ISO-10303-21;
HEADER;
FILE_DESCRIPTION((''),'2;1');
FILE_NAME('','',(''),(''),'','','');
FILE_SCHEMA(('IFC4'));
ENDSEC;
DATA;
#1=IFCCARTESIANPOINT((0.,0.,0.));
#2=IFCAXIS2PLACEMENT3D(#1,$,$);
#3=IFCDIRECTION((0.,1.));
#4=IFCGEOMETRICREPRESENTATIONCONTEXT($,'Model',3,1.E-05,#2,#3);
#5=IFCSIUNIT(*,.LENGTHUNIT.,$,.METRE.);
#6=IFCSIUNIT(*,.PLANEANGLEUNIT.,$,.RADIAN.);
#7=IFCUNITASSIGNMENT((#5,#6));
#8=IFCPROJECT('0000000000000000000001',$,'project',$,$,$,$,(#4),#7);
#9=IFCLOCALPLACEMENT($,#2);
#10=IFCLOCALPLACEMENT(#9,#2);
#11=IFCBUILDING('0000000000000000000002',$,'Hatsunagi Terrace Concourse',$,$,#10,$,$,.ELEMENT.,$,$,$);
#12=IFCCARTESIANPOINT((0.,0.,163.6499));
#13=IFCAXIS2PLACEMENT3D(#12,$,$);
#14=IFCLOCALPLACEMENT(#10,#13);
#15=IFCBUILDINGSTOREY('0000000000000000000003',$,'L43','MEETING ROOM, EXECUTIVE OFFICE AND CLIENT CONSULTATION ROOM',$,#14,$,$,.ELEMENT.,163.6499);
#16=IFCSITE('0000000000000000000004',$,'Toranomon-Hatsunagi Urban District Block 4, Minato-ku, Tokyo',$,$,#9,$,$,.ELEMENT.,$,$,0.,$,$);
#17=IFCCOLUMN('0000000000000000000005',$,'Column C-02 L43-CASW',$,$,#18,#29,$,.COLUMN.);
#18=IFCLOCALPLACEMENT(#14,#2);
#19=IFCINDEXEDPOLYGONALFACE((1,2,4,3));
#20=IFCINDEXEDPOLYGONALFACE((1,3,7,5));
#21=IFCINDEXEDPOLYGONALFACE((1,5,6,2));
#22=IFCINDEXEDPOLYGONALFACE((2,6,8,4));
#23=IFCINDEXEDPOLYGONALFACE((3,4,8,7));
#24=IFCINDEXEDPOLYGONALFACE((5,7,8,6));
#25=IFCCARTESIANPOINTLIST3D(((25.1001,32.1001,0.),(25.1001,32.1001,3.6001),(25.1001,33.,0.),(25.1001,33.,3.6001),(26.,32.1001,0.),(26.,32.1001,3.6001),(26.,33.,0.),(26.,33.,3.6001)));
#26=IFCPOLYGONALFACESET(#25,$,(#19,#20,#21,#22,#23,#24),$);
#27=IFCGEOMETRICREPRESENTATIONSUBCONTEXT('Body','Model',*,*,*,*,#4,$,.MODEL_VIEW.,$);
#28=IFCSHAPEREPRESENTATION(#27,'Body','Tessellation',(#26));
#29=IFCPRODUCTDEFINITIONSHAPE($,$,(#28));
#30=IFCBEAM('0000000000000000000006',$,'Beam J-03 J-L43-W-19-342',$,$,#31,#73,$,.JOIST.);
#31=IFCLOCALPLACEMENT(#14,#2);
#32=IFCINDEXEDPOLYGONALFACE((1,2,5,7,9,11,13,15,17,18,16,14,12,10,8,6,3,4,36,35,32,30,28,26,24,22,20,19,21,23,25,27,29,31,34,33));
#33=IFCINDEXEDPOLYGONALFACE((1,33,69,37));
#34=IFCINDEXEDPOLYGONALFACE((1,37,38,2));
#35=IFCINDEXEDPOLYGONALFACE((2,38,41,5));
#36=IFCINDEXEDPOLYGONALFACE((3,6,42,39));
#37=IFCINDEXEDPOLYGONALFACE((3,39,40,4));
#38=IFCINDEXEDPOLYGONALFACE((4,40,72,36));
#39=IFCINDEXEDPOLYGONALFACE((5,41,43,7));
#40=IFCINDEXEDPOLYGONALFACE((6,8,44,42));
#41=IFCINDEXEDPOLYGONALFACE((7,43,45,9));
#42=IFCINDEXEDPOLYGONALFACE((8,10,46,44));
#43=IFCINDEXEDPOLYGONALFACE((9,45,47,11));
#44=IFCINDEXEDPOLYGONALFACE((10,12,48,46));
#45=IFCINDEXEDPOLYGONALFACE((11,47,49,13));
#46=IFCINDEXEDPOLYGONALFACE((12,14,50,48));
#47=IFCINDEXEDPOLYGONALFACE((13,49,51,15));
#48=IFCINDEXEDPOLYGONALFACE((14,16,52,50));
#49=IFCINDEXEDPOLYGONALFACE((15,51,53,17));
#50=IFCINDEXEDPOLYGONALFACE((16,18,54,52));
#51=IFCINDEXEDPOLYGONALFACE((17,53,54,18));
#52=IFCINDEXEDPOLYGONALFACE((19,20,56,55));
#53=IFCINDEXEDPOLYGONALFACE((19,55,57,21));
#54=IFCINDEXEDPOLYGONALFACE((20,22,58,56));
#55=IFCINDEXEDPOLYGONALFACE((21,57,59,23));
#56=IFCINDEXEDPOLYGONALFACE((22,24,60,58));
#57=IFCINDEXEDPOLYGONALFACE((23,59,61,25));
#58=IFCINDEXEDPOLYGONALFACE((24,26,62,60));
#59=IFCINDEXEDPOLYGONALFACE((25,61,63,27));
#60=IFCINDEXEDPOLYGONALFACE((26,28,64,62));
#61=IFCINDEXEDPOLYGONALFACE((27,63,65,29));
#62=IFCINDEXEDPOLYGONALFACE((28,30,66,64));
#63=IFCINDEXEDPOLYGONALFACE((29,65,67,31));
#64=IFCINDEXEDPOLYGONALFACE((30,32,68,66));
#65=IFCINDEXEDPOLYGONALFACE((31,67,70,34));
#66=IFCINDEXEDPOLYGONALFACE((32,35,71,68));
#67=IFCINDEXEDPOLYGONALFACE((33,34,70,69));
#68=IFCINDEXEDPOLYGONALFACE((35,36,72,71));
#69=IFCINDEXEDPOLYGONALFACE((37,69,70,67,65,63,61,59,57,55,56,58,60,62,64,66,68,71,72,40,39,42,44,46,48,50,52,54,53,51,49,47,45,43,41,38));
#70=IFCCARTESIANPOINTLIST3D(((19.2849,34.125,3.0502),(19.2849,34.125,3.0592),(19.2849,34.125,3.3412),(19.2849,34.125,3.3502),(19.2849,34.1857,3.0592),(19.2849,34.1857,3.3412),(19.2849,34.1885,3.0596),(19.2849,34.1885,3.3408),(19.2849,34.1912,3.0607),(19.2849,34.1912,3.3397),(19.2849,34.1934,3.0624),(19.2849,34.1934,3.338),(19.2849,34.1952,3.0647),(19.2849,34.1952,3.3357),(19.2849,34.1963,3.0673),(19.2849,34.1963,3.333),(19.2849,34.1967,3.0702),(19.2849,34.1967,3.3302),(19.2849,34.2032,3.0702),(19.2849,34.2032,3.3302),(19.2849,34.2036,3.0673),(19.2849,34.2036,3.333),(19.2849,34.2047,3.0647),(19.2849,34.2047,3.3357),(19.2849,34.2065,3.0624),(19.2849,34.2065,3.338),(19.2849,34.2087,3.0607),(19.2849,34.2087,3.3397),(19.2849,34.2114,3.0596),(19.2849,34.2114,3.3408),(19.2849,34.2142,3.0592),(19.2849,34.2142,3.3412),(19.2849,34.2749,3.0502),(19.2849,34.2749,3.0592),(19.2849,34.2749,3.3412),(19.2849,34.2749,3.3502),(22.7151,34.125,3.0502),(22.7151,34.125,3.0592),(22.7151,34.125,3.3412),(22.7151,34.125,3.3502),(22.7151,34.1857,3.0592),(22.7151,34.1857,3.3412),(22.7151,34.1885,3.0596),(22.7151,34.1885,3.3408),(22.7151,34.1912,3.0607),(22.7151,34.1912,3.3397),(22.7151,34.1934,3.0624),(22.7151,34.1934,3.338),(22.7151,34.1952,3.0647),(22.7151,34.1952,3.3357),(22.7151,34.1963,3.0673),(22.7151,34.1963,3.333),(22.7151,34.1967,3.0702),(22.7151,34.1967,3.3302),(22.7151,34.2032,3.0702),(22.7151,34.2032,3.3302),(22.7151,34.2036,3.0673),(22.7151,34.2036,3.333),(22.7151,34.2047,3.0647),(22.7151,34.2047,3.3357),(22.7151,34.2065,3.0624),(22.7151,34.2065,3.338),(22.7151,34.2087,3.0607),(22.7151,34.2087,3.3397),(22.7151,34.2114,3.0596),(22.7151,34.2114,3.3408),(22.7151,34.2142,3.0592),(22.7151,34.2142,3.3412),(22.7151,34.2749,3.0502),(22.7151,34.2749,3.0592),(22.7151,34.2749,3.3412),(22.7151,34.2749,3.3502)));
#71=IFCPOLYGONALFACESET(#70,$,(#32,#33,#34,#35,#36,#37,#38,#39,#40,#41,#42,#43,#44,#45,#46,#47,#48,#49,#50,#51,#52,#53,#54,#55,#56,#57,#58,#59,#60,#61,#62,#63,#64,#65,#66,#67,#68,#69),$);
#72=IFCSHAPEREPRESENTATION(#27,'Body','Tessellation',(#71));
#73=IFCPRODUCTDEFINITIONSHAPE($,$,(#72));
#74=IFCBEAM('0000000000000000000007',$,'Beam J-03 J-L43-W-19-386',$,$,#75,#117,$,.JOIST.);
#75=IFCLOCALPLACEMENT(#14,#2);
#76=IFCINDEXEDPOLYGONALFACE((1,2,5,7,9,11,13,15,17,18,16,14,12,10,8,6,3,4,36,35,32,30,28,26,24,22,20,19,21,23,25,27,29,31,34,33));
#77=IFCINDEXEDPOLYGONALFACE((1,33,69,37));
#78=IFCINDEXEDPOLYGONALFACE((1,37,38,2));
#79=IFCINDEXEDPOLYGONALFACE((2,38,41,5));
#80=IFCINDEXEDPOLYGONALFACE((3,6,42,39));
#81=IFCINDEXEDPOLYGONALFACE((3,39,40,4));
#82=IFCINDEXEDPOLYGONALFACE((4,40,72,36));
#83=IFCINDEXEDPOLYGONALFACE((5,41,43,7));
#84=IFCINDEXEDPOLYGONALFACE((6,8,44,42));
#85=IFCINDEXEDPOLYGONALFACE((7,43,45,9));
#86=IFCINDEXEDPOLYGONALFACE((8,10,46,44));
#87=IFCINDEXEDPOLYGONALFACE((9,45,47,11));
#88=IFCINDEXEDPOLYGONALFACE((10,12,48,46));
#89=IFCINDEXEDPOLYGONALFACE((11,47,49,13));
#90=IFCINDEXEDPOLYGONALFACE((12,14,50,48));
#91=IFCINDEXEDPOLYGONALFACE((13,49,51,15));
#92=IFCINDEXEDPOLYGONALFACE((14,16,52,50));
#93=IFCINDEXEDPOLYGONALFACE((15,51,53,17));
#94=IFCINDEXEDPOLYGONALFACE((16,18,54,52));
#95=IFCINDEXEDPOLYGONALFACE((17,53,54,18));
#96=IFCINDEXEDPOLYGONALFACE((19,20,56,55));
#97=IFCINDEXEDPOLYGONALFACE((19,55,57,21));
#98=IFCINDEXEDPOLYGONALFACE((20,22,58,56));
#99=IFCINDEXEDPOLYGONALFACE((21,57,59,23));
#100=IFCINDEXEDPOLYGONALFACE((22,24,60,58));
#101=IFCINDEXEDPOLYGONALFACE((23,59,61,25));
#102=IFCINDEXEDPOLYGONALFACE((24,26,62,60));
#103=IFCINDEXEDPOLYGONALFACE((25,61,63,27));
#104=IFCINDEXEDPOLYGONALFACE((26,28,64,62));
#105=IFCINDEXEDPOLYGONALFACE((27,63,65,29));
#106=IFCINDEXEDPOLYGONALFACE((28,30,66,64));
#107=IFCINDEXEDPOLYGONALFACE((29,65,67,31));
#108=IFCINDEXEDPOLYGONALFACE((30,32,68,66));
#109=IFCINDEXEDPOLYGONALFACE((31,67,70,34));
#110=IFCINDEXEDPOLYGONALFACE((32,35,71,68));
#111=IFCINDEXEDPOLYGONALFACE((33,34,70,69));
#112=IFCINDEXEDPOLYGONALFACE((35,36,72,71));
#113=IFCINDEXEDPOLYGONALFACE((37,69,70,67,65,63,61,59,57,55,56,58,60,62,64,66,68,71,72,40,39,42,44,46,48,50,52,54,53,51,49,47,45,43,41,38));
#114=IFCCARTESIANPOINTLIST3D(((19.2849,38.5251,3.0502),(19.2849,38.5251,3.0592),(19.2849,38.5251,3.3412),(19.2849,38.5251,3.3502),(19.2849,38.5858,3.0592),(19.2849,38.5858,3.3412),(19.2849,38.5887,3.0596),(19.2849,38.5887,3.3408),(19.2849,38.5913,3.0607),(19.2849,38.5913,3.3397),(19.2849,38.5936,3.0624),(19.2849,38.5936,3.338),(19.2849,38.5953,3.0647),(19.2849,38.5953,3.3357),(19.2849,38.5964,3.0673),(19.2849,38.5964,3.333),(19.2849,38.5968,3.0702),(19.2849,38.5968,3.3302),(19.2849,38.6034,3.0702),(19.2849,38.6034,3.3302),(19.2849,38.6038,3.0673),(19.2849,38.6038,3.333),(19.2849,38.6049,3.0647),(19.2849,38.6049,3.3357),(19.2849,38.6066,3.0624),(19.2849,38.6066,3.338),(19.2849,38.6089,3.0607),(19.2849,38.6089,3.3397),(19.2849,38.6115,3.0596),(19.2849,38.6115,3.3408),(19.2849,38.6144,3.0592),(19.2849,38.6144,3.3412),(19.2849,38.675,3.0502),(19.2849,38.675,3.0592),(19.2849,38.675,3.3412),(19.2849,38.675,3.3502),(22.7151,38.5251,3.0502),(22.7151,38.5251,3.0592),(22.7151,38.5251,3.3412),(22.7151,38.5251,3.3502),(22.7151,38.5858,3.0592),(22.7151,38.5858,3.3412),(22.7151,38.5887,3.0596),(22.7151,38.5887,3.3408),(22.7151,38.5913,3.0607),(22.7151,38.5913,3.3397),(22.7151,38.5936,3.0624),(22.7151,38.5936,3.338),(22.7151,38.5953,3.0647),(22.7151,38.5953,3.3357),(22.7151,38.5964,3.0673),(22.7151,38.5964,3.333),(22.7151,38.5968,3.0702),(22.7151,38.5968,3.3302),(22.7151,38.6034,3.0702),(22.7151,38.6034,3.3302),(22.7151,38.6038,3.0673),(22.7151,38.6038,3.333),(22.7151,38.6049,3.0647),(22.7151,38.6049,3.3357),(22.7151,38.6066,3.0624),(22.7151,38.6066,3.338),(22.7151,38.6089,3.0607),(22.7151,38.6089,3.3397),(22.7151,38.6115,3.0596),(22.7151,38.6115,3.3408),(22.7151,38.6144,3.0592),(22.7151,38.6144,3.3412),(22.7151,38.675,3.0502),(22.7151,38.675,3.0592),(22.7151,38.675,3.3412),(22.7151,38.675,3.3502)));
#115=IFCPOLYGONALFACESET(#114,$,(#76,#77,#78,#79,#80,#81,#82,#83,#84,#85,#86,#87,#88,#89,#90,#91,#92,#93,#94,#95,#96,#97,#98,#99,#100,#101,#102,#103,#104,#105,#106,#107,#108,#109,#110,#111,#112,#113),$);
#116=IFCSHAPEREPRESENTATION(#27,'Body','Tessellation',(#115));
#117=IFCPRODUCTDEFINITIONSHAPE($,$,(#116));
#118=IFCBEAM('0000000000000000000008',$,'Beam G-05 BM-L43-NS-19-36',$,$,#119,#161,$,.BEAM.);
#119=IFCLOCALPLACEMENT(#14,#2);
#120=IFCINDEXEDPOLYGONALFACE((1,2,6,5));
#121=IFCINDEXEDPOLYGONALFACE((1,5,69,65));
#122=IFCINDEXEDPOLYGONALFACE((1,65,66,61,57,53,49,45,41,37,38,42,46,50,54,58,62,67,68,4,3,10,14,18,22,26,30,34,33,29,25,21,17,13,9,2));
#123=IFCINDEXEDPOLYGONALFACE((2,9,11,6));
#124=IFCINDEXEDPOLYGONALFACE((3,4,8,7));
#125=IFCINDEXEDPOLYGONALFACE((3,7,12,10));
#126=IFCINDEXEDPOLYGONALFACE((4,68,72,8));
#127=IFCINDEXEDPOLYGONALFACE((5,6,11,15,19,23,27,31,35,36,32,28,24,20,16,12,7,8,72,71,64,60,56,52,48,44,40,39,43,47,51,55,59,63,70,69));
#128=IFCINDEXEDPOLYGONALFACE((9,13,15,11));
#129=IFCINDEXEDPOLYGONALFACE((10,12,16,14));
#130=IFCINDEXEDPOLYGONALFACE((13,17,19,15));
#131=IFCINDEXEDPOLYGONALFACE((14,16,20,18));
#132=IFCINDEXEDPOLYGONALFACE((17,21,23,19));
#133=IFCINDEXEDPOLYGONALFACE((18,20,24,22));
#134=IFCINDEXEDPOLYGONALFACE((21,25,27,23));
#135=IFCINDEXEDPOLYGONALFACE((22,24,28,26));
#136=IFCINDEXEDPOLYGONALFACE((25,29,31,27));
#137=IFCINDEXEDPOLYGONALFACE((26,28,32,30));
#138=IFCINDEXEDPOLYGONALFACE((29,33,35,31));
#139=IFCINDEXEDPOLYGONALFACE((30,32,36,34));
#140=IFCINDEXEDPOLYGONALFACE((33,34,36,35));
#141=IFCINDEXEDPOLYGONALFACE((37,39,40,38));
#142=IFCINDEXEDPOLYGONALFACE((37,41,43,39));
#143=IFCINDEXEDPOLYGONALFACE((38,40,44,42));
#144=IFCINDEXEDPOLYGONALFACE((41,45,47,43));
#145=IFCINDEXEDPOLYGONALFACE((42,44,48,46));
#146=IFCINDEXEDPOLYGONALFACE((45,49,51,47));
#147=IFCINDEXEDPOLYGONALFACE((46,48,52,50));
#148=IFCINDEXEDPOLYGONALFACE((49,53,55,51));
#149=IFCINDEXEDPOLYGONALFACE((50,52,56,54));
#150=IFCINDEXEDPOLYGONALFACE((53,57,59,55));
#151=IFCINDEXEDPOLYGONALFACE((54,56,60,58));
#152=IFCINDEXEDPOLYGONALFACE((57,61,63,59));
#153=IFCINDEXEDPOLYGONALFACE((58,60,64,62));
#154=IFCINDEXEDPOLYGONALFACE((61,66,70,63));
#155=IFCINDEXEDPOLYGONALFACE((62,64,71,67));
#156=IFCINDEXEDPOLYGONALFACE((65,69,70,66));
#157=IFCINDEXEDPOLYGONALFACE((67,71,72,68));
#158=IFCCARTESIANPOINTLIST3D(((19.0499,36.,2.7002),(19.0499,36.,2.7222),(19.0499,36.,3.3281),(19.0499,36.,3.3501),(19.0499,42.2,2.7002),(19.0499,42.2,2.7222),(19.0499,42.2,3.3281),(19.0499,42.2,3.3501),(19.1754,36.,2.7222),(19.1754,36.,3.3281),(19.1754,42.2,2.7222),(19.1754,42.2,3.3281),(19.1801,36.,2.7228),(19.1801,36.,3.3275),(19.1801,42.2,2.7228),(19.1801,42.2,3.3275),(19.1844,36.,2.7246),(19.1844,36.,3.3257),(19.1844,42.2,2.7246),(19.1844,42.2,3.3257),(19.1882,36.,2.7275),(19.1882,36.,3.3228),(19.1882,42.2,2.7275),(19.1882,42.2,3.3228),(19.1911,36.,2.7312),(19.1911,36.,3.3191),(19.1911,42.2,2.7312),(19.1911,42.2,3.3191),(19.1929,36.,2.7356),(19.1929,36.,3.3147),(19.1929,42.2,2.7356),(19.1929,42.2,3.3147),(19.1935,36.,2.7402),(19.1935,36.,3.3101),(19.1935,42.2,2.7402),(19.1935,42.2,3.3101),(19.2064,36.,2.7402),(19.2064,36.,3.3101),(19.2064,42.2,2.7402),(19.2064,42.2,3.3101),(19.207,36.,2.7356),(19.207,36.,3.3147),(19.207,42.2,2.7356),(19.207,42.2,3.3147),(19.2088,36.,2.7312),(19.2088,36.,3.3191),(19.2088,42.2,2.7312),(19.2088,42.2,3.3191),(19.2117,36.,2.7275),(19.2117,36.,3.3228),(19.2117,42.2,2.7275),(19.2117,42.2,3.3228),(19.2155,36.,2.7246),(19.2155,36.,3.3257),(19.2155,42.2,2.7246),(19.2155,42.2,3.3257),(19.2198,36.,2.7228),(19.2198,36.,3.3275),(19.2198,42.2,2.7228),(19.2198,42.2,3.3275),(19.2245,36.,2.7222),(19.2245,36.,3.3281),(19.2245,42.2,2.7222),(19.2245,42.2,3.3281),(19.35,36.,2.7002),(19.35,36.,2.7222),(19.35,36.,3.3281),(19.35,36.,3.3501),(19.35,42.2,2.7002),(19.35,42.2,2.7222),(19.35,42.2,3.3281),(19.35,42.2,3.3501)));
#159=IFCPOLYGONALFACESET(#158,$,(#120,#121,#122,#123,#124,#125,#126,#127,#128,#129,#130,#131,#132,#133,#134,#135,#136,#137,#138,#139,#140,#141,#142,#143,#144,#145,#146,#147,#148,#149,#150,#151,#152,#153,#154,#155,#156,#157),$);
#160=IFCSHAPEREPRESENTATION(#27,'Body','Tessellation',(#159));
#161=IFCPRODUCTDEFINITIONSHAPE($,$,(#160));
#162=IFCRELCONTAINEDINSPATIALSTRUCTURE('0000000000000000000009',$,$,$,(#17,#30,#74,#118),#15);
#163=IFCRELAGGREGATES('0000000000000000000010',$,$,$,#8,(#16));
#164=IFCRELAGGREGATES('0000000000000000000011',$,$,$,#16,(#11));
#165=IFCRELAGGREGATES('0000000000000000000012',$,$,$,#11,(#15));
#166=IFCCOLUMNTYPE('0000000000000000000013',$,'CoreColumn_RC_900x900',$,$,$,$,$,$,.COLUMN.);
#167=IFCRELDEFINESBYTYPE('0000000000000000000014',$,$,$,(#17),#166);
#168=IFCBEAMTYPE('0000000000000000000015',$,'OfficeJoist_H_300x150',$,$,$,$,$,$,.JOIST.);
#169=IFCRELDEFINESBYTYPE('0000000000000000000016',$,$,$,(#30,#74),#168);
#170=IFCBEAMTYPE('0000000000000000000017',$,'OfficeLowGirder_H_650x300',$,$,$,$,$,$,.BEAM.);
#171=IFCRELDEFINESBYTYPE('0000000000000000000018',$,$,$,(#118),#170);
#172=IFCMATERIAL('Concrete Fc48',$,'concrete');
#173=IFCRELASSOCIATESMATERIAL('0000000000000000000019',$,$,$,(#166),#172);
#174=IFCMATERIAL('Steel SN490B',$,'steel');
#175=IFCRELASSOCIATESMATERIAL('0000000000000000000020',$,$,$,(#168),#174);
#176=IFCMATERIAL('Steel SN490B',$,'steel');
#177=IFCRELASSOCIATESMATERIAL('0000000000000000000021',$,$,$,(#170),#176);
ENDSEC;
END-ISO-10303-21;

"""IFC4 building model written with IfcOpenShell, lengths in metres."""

from ifc_helpers import new_model, si_unit, direction, frame, origin, origin_2d, place, context, subcontext, project, spatial, rectangle, i_section, extrude, material, material_profile, profile_set, type_object, element, save


model = new_model("IFC4")

# Units and contexts
model_context = context("Model", 3, precision=1e-05, world=origin(), true_north=direction((0.0, 1.0)))
body_context = subcontext(model_context, "Body", "Model", "MODEL_VIEW")
ifc_project = project(units=[si_unit("LENGTHUNIT", "METRE"), si_unit("PLANEANGLEUNIT", "RADIAN")], contexts=[model_context])

# Site, building, storey
site_placement = place(None, origin())
site = spatial("IfcSite", under=ifc_project, at=site_placement, Name="Toranomon-Hatsunagi Urban District Block 4, Minato-ku, Tokyo", CompositionType="ELEMENT", RefElevation=0.0)
building_placement = place(site_placement, origin())
building = spatial("IfcBuilding", under=site, at=building_placement, Name="Hatsunagi Terrace Concourse", CompositionType="ELEMENT")
storey_placement = place(building_placement, frame((0.0, 0.0, 163.6499)))
storey = spatial("IfcBuildingStorey", under=building, at=storey_placement, Name="L43", Description="MEETING ROOM, EXECUTIVE OFFICE AND CLIENT CONSULTATION ROOM", CompositionType="ELEMENT", Elevation=163.6499)

# Column
ifc_material_1 = material(Name="Concrete Fc48", Category="concrete")
ifc_material_profile_1 = material_profile(ifc_material_1, rectangle(XDim=0.8999, YDim=0.8999, at=origin_2d()), Name="RC-900x900")
ifc_profile_set_1 = profile_set([ifc_material_profile_1], Name="Concrete Fc48")
column_type = type_object("IfcColumnType", Name="CoreColumn_RC_900x900", PredefinedType="COLUMN", material=ifc_profile_set_1)
column_placement = place(storey_placement, frame((25.55, 32.55, 0.0), z_axis=(0.0, 0.0, 1.0), x_axis=(1.0, 0.0, 0.0)))
element("IfcColumn", 1, at=column_placement, inside=storey, type_object=column_type, Name="Column C-02 L43-CASW", PredefinedType="COLUMN", context=body_context, shape_type="SweptSolid", body=[
    extrude(rectangle(XDim=0.8999, YDim=0.8999, at=origin_2d()), origin(), (0.0, 0.0, 1.0), 3.6001),
])

# Beams
ifc_material_2 = material(Name="Steel SN490B", Category="steel")
ifc_material_profile_2 = material_profile(ifc_material_2, i_section(OverallWidth=0.1499, OverallDepth=0.3, WebThickness=0.0066, FlangeThickness=0.009, FilletRadius=0.011, at=origin_2d()), Name="H-300x150x6.5x9")
ifc_profile_set_2 = profile_set([ifc_material_profile_2], Name="Steel SN490B")
beam_type_1 = type_object("IfcBeamType", Name="OfficeJoist_H_300x150", PredefinedType="JOIST", material=ifc_profile_set_2)
for number, where, z_axis, x_axis, name in (
    (2, (19.2849, 34.2, 3.2002), (1.0, 0.0, 0.0), (0.0, 1.0, 0.0), "Beam J-03 J-L43-W-19-342"),
    (3, (19.2849, 38.6001, 3.2002), (1.0, 0.0, 0.0), (0.0, 1.0, 0.0), "Beam J-03 J-L43-W-19-386"),
):
    element("IfcBeam", number, at=place(storey_placement, frame(where, z_axis=z_axis, x_axis=x_axis)), inside=storey, type_object=beam_type_1, Name=name, PredefinedType="JOIST", context=body_context, shape_type="SweptSolid", body=[
        extrude(i_section(OverallWidth=0.1499, OverallDepth=0.3, WebThickness=0.0066, FlangeThickness=0.009, FilletRadius=0.011, at=origin_2d()), origin(), (0.0, 0.0, 1.0), 3.4302),
    ])
ifc_material_3 = material(Name="Steel SN490B", Category="steel")
ifc_material_profile_3 = material_profile(ifc_material_3, i_section(OverallWidth=0.3, OverallDepth=0.6499, WebThickness=0.0129, FlangeThickness=0.022, FilletRadius=0.0181, at=origin_2d()), Name="H-650x300x13x22")
ifc_profile_set_3 = profile_set([ifc_material_profile_3], Name="Steel SN490B")
beam_type_2 = type_object("IfcBeamType", Name="OfficeLowGirder_H_650x300", PredefinedType="BEAM", material=ifc_profile_set_3)
beam_1_placement = place(storey_placement, frame((19.2, 36.0, 3.0251), z_axis=(0.0, 1.0, 0.0), x_axis=(-1.0, 0.0, 0.0)))
element("IfcBeam", 4, at=beam_1_placement, inside=storey, type_object=beam_type_2, Name="Beam G-05 BM-L43-NS-19-36", PredefinedType="BEAM", context=body_context, shape_type="SweptSolid", body=[
    extrude(i_section(OverallWidth=0.3, OverallDepth=0.6499, WebThickness=0.0129, FlangeThickness=0.022, FilletRadius=0.0181, at=origin_2d()), origin(), (0.0, 0.0, 1.0), 6.2),
])

save(model, "model.ifc")
